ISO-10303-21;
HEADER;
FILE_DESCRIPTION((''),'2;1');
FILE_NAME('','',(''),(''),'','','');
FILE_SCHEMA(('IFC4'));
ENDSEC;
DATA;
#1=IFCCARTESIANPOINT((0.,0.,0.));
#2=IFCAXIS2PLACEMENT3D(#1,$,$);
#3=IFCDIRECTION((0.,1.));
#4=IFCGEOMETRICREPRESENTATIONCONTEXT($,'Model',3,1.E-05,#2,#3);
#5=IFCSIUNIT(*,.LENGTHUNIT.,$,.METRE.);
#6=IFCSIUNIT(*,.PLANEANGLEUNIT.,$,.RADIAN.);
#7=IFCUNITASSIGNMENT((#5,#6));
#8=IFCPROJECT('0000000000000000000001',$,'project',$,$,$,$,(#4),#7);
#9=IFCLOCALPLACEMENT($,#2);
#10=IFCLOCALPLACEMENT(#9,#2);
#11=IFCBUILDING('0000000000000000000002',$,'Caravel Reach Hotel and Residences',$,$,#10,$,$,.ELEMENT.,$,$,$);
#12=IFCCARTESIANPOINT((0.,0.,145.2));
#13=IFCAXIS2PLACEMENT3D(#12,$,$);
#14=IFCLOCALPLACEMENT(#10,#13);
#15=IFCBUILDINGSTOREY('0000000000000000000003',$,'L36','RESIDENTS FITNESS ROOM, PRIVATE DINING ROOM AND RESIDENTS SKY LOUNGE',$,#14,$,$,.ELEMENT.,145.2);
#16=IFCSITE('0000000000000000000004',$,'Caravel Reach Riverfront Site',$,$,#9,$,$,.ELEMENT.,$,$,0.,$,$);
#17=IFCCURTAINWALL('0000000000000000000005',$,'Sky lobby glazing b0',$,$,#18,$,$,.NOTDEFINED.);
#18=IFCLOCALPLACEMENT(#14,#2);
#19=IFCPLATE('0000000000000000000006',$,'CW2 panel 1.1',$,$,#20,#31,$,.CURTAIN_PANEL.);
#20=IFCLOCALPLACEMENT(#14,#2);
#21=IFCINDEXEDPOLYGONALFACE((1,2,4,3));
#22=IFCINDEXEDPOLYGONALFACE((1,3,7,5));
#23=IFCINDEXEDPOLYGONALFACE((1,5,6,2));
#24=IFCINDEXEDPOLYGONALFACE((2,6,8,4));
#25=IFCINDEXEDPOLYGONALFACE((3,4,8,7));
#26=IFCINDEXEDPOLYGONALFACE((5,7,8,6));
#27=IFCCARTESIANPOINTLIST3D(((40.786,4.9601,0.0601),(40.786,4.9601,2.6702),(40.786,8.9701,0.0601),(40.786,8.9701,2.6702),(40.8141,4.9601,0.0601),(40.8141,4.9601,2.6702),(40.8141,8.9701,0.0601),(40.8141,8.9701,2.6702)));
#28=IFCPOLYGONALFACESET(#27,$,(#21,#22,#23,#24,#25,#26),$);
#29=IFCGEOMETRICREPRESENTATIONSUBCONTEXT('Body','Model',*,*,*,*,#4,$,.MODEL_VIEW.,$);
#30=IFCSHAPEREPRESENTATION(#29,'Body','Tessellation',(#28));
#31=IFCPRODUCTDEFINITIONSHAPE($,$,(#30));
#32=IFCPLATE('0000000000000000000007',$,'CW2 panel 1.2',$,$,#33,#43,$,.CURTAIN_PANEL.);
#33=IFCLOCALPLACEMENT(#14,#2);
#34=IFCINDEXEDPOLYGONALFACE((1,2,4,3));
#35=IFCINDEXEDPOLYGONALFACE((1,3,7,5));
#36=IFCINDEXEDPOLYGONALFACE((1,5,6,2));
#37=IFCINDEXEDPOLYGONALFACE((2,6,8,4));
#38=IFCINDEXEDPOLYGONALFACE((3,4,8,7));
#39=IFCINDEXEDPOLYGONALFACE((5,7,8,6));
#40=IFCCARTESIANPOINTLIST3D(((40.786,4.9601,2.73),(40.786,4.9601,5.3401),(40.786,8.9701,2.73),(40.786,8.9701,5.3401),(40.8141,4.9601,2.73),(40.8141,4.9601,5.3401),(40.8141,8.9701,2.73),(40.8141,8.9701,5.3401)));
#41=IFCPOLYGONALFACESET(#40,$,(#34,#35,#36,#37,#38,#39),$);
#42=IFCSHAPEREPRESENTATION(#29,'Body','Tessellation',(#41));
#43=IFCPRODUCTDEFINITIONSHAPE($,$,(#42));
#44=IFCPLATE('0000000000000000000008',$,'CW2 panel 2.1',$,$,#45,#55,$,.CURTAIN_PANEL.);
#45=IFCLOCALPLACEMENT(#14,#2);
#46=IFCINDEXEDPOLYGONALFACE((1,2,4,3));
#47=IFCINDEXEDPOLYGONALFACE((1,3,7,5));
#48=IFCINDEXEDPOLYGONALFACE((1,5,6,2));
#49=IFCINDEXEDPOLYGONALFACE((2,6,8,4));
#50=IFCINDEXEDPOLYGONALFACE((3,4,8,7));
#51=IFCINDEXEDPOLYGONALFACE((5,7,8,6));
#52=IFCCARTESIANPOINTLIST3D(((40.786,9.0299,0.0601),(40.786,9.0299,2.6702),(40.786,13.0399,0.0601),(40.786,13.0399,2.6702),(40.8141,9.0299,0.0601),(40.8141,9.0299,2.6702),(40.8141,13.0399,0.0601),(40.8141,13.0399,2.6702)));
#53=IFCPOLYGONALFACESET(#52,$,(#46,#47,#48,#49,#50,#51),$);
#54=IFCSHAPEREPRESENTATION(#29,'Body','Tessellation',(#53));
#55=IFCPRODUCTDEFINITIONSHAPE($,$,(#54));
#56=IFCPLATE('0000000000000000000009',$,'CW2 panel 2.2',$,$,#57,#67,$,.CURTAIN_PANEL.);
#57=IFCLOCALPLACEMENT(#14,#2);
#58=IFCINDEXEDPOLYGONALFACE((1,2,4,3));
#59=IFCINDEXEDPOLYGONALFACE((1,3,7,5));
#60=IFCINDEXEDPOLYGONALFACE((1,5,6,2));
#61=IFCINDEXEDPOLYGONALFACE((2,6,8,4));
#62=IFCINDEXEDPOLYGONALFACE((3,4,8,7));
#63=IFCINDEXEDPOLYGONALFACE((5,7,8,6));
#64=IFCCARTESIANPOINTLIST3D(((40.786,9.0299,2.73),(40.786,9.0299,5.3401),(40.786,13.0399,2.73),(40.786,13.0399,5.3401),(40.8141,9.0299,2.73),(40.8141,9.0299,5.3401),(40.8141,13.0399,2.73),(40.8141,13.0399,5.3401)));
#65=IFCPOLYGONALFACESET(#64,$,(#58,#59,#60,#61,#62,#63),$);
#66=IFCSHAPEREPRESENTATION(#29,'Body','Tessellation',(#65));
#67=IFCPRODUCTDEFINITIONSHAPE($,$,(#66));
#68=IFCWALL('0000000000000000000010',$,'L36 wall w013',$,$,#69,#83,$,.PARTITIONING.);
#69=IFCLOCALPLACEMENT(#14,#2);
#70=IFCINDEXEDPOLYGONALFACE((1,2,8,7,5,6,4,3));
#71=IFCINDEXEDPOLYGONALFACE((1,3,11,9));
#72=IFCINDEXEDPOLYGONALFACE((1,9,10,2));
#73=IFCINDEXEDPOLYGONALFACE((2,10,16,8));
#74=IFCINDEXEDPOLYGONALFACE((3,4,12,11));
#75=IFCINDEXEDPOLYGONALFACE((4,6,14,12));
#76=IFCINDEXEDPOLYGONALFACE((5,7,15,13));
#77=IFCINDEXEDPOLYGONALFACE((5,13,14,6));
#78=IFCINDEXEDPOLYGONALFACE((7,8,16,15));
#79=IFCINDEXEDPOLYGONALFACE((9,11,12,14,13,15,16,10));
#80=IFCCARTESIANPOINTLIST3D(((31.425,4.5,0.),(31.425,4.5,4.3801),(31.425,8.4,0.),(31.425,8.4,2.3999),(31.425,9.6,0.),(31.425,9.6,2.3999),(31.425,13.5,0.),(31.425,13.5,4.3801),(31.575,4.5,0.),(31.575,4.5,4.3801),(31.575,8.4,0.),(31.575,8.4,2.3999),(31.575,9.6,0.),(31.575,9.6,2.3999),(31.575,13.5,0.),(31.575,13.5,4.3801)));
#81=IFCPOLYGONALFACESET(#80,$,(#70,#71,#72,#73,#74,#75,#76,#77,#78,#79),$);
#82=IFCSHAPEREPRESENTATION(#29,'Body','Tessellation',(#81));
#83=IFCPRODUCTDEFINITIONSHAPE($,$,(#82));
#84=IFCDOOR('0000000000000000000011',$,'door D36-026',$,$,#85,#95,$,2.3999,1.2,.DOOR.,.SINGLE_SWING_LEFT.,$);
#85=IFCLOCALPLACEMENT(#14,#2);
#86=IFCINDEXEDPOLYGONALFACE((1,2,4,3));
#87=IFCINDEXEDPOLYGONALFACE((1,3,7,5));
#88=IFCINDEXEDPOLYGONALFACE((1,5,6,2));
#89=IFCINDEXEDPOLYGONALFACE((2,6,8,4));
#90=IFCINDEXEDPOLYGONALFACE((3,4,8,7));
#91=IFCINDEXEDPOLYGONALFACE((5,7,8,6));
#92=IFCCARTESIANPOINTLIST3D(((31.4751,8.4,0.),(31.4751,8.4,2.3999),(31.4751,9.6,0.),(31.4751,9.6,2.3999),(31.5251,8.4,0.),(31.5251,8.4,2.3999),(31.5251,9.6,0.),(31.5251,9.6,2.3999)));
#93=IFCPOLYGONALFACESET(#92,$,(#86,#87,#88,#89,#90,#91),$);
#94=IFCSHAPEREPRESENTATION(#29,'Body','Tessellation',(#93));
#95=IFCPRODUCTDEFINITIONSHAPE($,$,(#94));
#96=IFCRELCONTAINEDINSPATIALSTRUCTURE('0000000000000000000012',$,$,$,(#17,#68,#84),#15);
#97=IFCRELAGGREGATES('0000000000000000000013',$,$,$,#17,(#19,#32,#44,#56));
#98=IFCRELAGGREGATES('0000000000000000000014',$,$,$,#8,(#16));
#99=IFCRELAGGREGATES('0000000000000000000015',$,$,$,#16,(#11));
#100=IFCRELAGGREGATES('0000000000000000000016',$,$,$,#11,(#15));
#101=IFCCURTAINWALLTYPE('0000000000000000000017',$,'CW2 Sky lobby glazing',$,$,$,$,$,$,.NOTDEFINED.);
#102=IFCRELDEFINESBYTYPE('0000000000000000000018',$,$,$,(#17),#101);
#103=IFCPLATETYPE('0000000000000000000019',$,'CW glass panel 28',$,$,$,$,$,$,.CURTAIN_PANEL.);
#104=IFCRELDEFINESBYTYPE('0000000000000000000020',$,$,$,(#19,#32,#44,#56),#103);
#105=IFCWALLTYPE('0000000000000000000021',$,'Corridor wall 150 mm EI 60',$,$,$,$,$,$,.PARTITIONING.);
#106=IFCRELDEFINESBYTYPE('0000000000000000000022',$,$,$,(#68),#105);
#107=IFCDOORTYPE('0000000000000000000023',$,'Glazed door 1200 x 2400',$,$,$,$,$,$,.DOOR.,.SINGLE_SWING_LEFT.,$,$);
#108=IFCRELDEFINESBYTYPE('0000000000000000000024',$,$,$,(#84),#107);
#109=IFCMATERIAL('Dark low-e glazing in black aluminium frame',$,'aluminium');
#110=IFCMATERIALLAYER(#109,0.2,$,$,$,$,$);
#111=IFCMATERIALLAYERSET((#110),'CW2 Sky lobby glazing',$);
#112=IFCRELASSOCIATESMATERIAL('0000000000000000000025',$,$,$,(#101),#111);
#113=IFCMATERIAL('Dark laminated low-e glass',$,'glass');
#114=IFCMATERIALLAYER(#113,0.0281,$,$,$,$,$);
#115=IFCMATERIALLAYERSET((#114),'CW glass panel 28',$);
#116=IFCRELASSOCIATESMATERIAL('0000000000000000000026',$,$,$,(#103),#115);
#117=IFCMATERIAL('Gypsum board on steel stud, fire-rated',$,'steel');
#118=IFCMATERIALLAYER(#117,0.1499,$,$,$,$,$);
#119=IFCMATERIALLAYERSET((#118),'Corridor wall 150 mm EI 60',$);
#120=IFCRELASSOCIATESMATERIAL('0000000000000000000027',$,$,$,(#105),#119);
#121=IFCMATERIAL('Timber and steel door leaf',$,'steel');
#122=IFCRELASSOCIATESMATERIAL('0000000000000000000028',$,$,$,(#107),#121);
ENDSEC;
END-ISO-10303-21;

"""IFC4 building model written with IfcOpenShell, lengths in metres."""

from ifc_helpers import new_model, si_unit, direction, frame, frame_2d, origin, origin_2d, place, context, subcontext, project, spatial, rectangle, extrude, material, layer, layer_set, type_object, element, fill, aggregate, save


model = new_model("IFC4")

# Units and contexts
model_context = context("Model", 3, precision=1e-05, world=origin(), true_north=direction((0.0, 1.0)))
body_context = subcontext(model_context, "Body", "Model", "MODEL_VIEW")
ifc_project = project(units=[si_unit("LENGTHUNIT", "METRE"), si_unit("PLANEANGLEUNIT", "RADIAN")], contexts=[model_context])

# Site, building, storey
site_placement = place(None, origin())
site = spatial("IfcSite", under=ifc_project, at=site_placement, Name="Caravel Reach Riverfront Site", CompositionType="ELEMENT", RefElevation=0.0)
building_placement = place(site_placement, origin())
building = spatial("IfcBuilding", under=site, at=building_placement, Name="Caravel Reach Hotel and Residences", CompositionType="ELEMENT")
storey_placement = place(building_placement, frame((0.0, 0.0, 145.2)))
storey = spatial("IfcBuildingStorey", under=building, at=storey_placement, Name="L36", Description="RESIDENTS FITNESS ROOM, PRIVATE DINING ROOM AND RESIDENTS SKY LOUNGE", CompositionType="ELEMENT", Elevation=145.2)

# Shared definitions
ifc_material_1 = material(Name="Dark low-e glazing in black aluminium frame", Category="aluminium")
ifc_layer_1 = layer(ifc_material_1, 0.2)
ifc_layer_set_1 = layer_set([ifc_layer_1], Name="CW2 Sky lobby glazing")
curtain_wall_type = type_object("IfcCurtainWallType", Name="CW2 Sky lobby glazing", PredefinedType="NOTDEFINED", material=ifc_layer_set_1)

# Curtain wall
curtain_wall_1_placement = place(storey_placement, origin())
curtain_wall_1 = element("IfcCurtainWall", 1, at=curtain_wall_1_placement, inside=storey, type_object=curtain_wall_type, Name="Sky lobby glazing b0", PredefinedType="NOTDEFINED")

# Plates
ifc_material_2 = material(Name="Dark laminated low-e glass", Category="glass")
ifc_layer_2 = layer(ifc_material_2, 0.0281)
ifc_layer_set_2 = layer_set([ifc_layer_2], Name="CW glass panel 28")
plate_type = type_object("IfcPlateType", Name="CW glass panel 28", PredefinedType="CURTAIN_PANEL", material=ifc_layer_set_2)
plate_1_placement = place(storey_placement, frame((40.8, 6.9651, 0.0601), z_axis=(0.0, 0.0, 1.0), x_axis=(0.0, 1.0, 0.0)))
plate_1 = element("IfcPlate", 2, at=plate_1_placement, type_object=plate_type, Name="CW2 panel 1.1", PredefinedType="CURTAIN_PANEL", context=body_context, shape_type="SweptSolid", body=[
    extrude(rectangle(XDim=4.01, YDim=0.0281, at=origin_2d()), origin(), (0.0, 0.0, 1.0), 2.6101),
])
plate_2_placement = place(storey_placement, frame((40.8, 6.9651, 2.73), z_axis=(0.0, 0.0, 1.0), x_axis=(0.0, 1.0, 0.0)))
plate_2 = element("IfcPlate", 3, at=plate_2_placement, type_object=plate_type, Name="CW2 panel 1.2", PredefinedType="CURTAIN_PANEL", context=body_context, shape_type="SweptSolid", body=[
    extrude(rectangle(XDim=4.01, YDim=0.0281, at=origin_2d()), origin(), (0.0, 0.0, 1.0), 2.6101),
])
plate_3_placement = place(storey_placement, frame((40.8, 11.0349, 0.0601), z_axis=(0.0, 0.0, 1.0), x_axis=(0.0, 1.0, 0.0)))
plate_3 = element("IfcPlate", 4, at=plate_3_placement, type_object=plate_type, Name="CW2 panel 2.1", PredefinedType="CURTAIN_PANEL", context=body_context, shape_type="SweptSolid", body=[
    extrude(rectangle(XDim=4.01, YDim=0.0281, at=origin_2d()), origin(), (0.0, 0.0, 1.0), 2.6101),
])
plate_4_placement = place(storey_placement, frame((40.8, 11.0349, 2.73), z_axis=(0.0, 0.0, 1.0), x_axis=(0.0, 1.0, 0.0)))
plate_4 = element("IfcPlate", 5, at=plate_4_placement, type_object=plate_type, Name="CW2 panel 2.2", PredefinedType="CURTAIN_PANEL", context=body_context, shape_type="SweptSolid", body=[
    extrude(rectangle(XDim=4.01, YDim=0.0281, at=origin_2d()), origin(), (0.0, 0.0, 1.0), 2.6101),
])
aggregate(curtain_wall_1, [plate_1, plate_2, plate_3, plate_4])

# Wall, opening, door
ifc_material_3 = material(Name="Gypsum board on steel stud, fire-rated", Category="steel")
ifc_layer_3 = layer(ifc_material_3, 0.1499)
ifc_layer_set_3 = layer_set([ifc_layer_3], Name="Corridor wall 150 mm EI 60")
wall_type = type_object("IfcWallType", Name="Corridor wall 150 mm EI 60", PredefinedType="PARTITIONING", material=ifc_layer_set_3)
wall_placement = place(storey_placement, frame((31.5, 4.5, 0.0), z_axis=(0.0, 0.0, 1.0), x_axis=(0.0, 1.0, 0.0)))
wall = element("IfcWall", 6, at=wall_placement, inside=storey, type_object=wall_type, Name="L36 wall w013", PredefinedType="PARTITIONING", context=body_context, shape_type="SweptSolid", body=[
    extrude(rectangle(XDim=9.0, YDim=0.1499, at=frame_2d((4.5, 0.0))), origin(), (0.0, 0.0, 1.0), 4.3801),
])
opening_placement = place(wall_placement, frame((3.8999, 0.0, 0.0)))
opening = element("IfcOpeningElement", 7, at=opening_placement, cuts=wall, PredefinedType="OPENING", context=body_context, shape_type="SweptSolid", body=[
    extrude(rectangle(XDim=1.2, YDim=2.3999, at=frame_2d((0.6001, 1.2))), frame((0.0, 0.085, 0.0), z_axis=(0.0, -1.0, 0.0), x_axis=(1.0, 0.0, 0.0)), (0.0, 0.0, 1.0), 0.1699),
])
ifc_material_4 = material(Name="Timber and steel door leaf", Category="steel")
door_type = type_object("IfcDoorType", Name="Glazed door 1200 x 2400", OperationType="SINGLE_SWING_LEFT", PredefinedType="DOOR", material=ifc_material_4)
door_placement = place(opening_placement, origin())
door = element("IfcDoor", 8, at=door_placement, inside=storey, type_object=door_type, Name="door D36-026", OperationType="SINGLE_SWING_LEFT", OverallHeight=2.3999, OverallWidth=1.2, PredefinedType="DOOR", context=body_context, shape_type="SweptSolid", body=[
    extrude(rectangle(XDim=1.2, YDim=2.3999, at=frame_2d((0.6001, 1.2))), frame((0.0, 0.0249, 0.0), z_axis=(0.0, -1.0, 0.0), x_axis=(1.0, 0.0, 0.0)), (0.0, 0.0, 1.0), 0.05),
])
fill(opening, door)

save(model, "model.ifc")
